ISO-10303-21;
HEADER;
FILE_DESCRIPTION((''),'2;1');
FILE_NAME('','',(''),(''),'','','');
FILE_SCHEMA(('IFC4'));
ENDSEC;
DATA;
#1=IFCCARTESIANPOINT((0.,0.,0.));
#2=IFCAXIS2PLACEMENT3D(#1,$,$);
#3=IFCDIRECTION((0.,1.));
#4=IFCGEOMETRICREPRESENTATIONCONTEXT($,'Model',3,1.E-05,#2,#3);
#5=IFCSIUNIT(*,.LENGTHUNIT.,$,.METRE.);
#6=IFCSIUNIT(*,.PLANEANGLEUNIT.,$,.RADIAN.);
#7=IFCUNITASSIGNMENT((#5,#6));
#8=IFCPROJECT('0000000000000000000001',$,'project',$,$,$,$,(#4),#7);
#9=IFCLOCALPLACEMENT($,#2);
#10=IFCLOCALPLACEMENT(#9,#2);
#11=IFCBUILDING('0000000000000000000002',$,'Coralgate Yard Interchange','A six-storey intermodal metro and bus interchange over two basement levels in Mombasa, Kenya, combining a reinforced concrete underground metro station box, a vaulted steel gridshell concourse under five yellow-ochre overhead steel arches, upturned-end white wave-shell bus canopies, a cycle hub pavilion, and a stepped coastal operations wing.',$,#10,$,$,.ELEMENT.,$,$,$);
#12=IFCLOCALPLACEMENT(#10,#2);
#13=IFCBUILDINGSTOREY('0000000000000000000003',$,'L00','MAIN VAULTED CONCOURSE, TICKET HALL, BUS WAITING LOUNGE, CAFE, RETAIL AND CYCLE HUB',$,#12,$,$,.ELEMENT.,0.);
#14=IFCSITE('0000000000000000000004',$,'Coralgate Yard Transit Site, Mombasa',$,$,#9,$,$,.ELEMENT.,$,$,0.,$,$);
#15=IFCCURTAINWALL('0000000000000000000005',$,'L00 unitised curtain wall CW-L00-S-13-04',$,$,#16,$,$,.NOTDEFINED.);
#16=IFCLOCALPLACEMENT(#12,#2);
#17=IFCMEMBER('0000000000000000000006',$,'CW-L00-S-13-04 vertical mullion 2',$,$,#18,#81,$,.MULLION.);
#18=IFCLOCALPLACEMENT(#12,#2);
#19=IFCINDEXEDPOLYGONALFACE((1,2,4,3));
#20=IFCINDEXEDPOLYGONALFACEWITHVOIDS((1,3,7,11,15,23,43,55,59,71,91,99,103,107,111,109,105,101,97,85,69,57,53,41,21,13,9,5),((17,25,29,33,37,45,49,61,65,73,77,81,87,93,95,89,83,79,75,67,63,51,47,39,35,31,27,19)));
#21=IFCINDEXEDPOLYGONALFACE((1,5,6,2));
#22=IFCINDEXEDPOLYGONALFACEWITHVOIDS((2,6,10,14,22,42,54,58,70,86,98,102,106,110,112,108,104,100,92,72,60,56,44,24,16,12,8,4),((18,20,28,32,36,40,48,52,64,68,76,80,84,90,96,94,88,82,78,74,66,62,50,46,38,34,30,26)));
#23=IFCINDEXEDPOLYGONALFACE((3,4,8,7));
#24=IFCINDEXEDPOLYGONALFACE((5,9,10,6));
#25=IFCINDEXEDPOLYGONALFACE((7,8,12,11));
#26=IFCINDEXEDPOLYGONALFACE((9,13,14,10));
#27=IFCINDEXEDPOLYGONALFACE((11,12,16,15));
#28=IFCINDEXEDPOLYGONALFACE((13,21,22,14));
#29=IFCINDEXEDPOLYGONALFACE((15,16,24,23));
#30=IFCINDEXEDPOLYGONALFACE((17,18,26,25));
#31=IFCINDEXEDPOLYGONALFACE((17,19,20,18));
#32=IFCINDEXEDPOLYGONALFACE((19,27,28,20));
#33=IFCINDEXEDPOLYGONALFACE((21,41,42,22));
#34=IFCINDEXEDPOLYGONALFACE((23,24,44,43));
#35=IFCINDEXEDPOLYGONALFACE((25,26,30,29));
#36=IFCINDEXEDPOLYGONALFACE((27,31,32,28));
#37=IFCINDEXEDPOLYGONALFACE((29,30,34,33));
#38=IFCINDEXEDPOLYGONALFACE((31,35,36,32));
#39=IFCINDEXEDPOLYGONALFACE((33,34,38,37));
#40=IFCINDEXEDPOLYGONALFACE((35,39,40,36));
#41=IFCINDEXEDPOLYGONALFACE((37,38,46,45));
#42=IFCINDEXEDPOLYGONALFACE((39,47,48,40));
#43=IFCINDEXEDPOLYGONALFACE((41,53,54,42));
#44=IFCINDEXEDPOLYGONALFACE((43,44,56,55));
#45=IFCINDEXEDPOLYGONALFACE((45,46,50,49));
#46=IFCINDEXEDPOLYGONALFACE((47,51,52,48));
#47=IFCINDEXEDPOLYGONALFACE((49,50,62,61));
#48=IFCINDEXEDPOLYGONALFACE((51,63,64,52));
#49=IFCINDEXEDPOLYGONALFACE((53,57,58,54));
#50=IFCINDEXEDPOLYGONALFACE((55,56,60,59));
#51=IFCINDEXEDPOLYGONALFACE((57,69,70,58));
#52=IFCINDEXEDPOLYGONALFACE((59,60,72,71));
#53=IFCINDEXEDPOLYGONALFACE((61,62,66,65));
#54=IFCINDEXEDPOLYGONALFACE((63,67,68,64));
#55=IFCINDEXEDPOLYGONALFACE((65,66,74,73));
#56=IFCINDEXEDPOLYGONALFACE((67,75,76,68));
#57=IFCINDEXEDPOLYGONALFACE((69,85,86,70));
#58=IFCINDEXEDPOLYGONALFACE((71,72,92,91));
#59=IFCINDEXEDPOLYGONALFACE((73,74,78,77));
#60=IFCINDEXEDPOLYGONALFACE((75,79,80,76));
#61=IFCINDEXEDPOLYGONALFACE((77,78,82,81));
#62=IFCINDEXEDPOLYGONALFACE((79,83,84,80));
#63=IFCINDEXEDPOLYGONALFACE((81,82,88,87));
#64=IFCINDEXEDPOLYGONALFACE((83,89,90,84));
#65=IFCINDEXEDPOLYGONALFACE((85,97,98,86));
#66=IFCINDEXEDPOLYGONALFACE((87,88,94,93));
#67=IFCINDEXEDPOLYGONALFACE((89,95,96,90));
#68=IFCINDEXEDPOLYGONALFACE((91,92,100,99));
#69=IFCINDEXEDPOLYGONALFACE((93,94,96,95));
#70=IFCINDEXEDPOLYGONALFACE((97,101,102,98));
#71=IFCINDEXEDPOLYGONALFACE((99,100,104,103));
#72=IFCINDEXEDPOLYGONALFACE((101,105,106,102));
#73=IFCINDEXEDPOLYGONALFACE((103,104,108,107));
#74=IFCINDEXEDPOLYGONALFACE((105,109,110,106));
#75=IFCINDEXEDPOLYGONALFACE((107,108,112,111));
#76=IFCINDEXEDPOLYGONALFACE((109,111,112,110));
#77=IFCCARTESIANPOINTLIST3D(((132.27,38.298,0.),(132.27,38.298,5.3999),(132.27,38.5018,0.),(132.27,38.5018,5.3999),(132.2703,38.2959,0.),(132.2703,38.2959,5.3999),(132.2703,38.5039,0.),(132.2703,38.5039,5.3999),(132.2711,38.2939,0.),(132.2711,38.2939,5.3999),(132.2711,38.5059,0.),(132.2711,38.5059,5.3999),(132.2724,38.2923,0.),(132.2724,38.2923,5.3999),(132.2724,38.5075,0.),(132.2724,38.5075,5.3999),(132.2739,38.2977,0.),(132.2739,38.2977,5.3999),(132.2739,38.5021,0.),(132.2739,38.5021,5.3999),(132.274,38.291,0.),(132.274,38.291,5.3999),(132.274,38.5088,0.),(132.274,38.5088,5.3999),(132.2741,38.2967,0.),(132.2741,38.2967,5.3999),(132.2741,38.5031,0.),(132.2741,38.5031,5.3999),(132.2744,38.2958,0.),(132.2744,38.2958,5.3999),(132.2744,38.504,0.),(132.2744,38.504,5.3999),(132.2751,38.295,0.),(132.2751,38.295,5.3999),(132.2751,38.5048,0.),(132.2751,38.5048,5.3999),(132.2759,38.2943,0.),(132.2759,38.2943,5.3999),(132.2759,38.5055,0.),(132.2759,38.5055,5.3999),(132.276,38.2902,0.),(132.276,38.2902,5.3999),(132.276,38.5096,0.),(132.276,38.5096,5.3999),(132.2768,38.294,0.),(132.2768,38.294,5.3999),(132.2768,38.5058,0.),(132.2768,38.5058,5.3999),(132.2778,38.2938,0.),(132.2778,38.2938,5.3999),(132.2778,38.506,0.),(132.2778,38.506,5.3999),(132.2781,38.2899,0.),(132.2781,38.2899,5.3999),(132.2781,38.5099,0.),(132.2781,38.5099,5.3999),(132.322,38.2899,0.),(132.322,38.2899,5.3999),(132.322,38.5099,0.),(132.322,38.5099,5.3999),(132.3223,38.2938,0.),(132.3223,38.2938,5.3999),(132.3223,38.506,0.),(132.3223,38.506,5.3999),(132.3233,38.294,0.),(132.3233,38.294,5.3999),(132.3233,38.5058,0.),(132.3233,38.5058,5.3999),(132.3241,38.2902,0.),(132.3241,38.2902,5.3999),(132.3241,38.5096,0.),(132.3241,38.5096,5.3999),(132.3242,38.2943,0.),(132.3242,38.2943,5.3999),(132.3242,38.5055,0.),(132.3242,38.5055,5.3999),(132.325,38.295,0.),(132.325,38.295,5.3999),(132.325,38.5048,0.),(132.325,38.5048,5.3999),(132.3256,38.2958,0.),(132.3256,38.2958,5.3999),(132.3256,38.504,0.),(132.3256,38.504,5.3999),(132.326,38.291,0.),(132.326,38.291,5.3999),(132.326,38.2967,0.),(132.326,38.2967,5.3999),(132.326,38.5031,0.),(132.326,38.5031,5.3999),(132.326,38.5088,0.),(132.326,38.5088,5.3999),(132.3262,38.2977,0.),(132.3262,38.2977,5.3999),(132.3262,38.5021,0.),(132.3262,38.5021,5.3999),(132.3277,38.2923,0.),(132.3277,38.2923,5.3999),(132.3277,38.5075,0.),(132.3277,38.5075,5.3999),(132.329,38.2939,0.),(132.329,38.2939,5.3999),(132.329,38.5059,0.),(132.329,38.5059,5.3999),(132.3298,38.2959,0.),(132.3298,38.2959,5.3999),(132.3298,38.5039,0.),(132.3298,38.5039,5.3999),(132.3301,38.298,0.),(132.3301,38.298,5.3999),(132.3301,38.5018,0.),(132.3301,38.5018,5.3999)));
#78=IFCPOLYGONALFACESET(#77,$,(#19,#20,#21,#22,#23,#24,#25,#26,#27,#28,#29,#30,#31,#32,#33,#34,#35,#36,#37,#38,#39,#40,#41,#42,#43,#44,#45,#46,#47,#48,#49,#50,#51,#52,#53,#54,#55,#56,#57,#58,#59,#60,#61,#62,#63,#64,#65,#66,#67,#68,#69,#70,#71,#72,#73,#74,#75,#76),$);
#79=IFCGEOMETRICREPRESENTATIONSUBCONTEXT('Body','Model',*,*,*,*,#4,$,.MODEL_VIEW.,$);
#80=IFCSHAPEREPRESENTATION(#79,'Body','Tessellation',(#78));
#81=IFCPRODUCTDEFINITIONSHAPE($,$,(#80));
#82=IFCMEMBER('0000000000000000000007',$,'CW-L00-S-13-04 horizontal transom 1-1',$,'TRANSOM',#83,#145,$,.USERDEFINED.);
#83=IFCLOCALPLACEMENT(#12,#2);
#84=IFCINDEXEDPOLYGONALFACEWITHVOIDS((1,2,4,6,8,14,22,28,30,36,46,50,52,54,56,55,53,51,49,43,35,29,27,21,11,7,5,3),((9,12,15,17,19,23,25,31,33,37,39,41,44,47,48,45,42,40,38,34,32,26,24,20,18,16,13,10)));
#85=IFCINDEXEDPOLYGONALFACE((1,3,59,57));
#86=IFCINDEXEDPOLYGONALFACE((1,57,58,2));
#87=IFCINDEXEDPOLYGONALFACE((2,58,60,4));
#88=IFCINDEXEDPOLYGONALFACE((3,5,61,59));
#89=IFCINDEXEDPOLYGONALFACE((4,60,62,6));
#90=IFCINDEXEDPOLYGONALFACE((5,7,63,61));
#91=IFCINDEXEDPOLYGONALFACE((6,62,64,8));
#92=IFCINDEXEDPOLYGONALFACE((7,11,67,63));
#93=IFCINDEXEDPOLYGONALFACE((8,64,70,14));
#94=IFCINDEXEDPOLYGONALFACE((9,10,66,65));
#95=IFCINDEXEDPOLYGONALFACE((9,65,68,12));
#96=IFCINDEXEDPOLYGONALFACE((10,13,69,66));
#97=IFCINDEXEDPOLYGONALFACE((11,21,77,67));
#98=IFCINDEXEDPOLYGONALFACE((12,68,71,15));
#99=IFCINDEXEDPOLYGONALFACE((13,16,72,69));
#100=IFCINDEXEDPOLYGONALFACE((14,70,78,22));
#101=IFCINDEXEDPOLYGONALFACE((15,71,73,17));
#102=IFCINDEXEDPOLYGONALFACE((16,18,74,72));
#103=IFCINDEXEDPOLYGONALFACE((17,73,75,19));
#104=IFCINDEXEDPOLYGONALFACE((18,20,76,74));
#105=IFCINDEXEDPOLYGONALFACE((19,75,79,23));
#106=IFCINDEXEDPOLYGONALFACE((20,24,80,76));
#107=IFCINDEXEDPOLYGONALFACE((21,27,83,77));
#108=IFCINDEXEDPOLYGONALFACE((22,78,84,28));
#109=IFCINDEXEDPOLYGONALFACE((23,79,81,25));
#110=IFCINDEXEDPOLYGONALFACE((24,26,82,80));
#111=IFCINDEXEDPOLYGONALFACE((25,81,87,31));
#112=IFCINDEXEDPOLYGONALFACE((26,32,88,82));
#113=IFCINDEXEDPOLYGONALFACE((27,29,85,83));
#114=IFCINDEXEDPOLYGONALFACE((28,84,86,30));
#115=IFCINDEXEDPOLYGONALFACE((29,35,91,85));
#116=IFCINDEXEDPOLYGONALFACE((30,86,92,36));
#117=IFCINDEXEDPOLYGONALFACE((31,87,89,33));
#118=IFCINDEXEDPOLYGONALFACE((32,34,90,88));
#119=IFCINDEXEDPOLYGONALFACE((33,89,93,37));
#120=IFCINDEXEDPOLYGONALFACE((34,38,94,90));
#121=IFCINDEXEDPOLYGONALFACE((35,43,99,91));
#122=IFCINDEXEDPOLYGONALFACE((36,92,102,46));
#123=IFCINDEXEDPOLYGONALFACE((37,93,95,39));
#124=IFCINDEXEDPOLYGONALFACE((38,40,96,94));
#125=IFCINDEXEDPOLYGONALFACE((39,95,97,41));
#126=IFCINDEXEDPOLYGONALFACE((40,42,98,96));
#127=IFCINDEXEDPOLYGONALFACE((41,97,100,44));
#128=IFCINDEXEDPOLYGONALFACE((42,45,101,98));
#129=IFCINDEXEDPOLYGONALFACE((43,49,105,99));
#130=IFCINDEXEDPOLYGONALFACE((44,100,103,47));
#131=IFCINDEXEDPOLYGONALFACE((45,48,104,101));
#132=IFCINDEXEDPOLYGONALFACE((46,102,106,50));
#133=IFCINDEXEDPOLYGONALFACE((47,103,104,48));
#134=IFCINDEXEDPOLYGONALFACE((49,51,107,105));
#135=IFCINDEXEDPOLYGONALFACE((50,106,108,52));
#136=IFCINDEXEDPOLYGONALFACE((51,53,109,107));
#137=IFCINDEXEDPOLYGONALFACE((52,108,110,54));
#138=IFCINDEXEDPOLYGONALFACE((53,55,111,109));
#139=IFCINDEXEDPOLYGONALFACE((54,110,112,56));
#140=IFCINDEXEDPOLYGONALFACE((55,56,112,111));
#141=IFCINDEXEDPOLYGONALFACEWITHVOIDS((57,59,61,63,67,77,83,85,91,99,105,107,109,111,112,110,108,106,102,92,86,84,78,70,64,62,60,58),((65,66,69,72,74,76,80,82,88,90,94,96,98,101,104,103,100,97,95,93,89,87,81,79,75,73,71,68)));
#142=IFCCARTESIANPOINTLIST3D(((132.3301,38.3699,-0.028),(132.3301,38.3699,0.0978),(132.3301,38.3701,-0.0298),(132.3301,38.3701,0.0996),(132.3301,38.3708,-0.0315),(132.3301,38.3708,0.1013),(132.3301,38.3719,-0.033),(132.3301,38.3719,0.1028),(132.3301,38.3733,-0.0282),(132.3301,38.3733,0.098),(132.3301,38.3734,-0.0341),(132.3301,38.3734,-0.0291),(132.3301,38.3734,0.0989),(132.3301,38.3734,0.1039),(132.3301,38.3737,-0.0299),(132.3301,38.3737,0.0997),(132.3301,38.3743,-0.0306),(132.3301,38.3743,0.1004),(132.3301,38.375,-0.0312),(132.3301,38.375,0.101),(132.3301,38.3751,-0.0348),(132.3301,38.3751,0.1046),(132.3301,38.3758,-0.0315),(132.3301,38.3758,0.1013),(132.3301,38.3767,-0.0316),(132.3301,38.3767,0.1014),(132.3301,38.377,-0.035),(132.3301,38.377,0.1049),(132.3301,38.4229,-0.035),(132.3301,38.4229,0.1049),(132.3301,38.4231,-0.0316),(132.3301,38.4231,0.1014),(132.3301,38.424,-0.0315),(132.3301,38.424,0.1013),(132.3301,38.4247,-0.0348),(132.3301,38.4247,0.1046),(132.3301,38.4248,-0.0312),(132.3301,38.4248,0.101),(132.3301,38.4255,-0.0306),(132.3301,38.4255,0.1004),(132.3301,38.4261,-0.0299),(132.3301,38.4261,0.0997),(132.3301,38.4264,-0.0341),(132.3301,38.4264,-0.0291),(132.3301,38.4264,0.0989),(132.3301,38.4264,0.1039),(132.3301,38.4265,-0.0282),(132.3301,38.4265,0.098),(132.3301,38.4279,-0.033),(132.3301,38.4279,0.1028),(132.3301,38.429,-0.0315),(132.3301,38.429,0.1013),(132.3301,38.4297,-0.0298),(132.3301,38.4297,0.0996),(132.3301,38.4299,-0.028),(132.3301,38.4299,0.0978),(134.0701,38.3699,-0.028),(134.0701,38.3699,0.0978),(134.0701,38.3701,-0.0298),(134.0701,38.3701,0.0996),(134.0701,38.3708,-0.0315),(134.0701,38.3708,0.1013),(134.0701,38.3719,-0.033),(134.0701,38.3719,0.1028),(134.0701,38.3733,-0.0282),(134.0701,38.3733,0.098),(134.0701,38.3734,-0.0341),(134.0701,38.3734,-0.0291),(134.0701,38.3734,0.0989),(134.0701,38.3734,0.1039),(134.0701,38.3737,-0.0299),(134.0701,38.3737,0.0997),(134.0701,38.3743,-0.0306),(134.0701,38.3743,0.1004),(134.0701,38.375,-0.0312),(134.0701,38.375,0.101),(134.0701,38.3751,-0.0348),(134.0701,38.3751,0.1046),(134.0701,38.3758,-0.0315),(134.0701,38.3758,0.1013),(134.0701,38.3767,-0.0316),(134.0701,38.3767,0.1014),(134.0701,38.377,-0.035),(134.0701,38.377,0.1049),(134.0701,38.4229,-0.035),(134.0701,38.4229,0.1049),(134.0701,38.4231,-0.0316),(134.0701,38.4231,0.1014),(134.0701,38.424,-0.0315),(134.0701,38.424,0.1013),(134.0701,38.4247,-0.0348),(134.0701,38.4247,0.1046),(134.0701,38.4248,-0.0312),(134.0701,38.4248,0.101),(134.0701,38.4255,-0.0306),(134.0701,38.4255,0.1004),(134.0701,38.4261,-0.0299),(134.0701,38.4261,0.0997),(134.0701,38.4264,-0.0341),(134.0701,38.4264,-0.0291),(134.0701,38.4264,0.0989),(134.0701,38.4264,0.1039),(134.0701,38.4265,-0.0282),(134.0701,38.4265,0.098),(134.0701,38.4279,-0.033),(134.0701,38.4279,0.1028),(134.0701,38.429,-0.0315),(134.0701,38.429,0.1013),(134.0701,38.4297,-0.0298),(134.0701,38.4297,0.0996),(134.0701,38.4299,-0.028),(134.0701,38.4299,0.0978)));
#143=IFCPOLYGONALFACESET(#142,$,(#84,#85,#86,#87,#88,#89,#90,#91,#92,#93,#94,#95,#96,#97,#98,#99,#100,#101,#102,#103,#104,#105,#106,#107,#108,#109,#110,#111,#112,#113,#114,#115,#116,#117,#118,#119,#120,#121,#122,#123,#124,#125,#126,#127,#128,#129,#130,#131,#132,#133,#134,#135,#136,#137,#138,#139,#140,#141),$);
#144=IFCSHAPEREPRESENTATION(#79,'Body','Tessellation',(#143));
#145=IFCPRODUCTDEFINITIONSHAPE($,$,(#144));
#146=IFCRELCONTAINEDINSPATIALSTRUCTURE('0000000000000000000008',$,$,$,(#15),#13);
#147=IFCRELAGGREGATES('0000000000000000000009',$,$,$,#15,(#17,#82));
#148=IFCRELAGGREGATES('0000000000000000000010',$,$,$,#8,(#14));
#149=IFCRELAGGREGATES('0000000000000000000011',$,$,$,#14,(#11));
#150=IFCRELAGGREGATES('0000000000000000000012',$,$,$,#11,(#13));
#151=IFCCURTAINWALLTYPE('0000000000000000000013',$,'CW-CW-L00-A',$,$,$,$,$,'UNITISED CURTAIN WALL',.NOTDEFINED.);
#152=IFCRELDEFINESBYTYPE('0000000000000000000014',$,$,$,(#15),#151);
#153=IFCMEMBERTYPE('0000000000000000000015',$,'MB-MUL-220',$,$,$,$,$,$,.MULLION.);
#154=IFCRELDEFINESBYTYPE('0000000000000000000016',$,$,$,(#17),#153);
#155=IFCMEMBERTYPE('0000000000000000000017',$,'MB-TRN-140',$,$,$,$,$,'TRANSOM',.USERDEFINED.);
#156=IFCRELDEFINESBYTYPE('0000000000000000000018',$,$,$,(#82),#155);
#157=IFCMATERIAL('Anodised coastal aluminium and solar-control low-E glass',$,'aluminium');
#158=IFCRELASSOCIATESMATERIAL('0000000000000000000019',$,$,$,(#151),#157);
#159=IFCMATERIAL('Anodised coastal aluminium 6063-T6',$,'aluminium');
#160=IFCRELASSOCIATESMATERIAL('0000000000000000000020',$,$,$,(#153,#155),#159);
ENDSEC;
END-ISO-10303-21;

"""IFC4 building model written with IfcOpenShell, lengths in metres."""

from ifc_helpers import new_model, si_unit, direction, frame, origin, origin_2d, place, context, subcontext, project, spatial, hollow_rectangle, extrude, material, material_profile, profile_set, type_object, element, aggregate, save


model = new_model("IFC4")

# Units and contexts
model_context = context("Model", 3, precision=1e-05, world=origin(), true_north=direction((0.0, 1.0)))
body_context = subcontext(model_context, "Body", "Model", "MODEL_VIEW")
ifc_project = project(units=[si_unit("LENGTHUNIT", "METRE"), si_unit("PLANEANGLEUNIT", "RADIAN")], contexts=[model_context])

# Site, building, storey
site_placement = place(None, origin())
site = spatial("IfcSite", under=ifc_project, at=site_placement, Name="Coralgate Yard Transit Site, Mombasa", CompositionType="ELEMENT", RefElevation=0.0)
building_placement = place(site_placement, origin())
building = spatial("IfcBuilding", under=site, at=building_placement, Name="Coralgate Yard Interchange", Description="A six-storey intermodal metro and bus interchange over two basement levels in Mombasa, Kenya, combining a reinforced concrete underground metro station box, a vaulted steel gridshell concourse under five yellow-ochre overhead steel arches, upturned-end white wave-shell bus canopies, a cycle hub pavilion, and a stepped coastal operations wing.", CompositionType="ELEMENT")
storey_placement = place(building_placement, origin())
storey = spatial("IfcBuildingStorey", under=building, at=storey_placement, Name="L00", Description="MAIN VAULTED CONCOURSE, TICKET HALL, BUS WAITING LOUNGE, CAFE, RETAIL AND CYCLE HUB", CompositionType="ELEMENT", Elevation=0.0)

# Curtain wall, members
ifc_material_1 = material(Name="Anodised coastal aluminium and solar-control low-E glass", Category="aluminium")
curtain_wall_type = type_object("IfcCurtainWallType", Name="CW-CW-L00-A", ElementType="UNITISED CURTAIN WALL", PredefinedType="NOTDEFINED", material=ifc_material_1)
curtain_wall_placement = place(storey_placement, origin())
curtain_wall = element("IfcCurtainWall", 1, at=curtain_wall_placement, inside=storey, type_object=curtain_wall_type, Name="L00 unitised curtain wall CW-L00-S-13-04", PredefinedType="NOTDEFINED")
ifc_material_2 = material(Name="Anodised coastal aluminium 6063-T6", Category="aluminium")
ifc_material_profile_1 = material_profile(ifc_material_2, hollow_rectangle(XDim=0.0601, YDim=0.22, WallThickness=0.0039, InnerFilletRadius=0.0039, OuterFilletRadius=0.0081, at=origin_2d()), Name="ALU 60x220x4")
ifc_profile_set_1 = profile_set([ifc_material_profile_1], Name="Anodised coastal aluminium 6063-T6")
member_type_1 = type_object("IfcMemberType", Name="MB-MUL-220", PredefinedType="MULLION", material=ifc_profile_set_1)
member_1_placement = place(storey_placement, frame((132.3, 38.3999, 0.0), z_axis=(0.0, 0.0, 1.0), x_axis=(1.0, 0.0, 0.0)))
member_1 = element("IfcMember", 2, at=member_1_placement, type_object=member_type_1, Name="CW-L00-S-13-04 vertical mullion 2", PredefinedType="MULLION", context=body_context, shape_type="SweptSolid", body=[
    extrude(hollow_rectangle(XDim=0.0601, YDim=0.22, WallThickness=0.0039, InnerFilletRadius=0.0039, OuterFilletRadius=0.0081, at=origin_2d()), origin(), (0.0, 0.0, 1.0), 5.3999),
])
ifc_material_profile_2 = material_profile(ifc_material_2, hollow_rectangle(XDim=0.0601, YDim=0.1399, WallThickness=0.0034, InnerFilletRadius=0.0034, OuterFilletRadius=0.0071, at=origin_2d()), Name="ALU 60x140x3.5")
ifc_profile_set_2 = profile_set([ifc_material_profile_2], Name="Anodised coastal aluminium 6063-T6")
member_type_2 = type_object("IfcMemberType", Name="MB-TRN-140", ElementType="TRANSOM", PredefinedType="USERDEFINED", material=ifc_profile_set_2)
member_2_placement = place(storey_placement, frame((134.0701, 38.3999, 0.0349), z_axis=(-1.0, 0.0, 0.0), x_axis=(0.0, -1.0, 0.0)))
member_2 = element("IfcMember", 3, at=member_2_placement, type_object=member_type_2, Name="CW-L00-S-13-04 horizontal transom 1-1", ObjectType="TRANSOM", PredefinedType="USERDEFINED", context=body_context, shape_type="SweptSolid", body=[
    extrude(hollow_rectangle(XDim=0.0601, YDim=0.1399, WallThickness=0.0034, InnerFilletRadius=0.0034, OuterFilletRadius=0.0071, at=origin_2d()), origin(), (0.0, 0.0, 1.0), 1.74),
])
aggregate(curtain_wall, [member_1, member_2])

save(model, "model.ifc")
